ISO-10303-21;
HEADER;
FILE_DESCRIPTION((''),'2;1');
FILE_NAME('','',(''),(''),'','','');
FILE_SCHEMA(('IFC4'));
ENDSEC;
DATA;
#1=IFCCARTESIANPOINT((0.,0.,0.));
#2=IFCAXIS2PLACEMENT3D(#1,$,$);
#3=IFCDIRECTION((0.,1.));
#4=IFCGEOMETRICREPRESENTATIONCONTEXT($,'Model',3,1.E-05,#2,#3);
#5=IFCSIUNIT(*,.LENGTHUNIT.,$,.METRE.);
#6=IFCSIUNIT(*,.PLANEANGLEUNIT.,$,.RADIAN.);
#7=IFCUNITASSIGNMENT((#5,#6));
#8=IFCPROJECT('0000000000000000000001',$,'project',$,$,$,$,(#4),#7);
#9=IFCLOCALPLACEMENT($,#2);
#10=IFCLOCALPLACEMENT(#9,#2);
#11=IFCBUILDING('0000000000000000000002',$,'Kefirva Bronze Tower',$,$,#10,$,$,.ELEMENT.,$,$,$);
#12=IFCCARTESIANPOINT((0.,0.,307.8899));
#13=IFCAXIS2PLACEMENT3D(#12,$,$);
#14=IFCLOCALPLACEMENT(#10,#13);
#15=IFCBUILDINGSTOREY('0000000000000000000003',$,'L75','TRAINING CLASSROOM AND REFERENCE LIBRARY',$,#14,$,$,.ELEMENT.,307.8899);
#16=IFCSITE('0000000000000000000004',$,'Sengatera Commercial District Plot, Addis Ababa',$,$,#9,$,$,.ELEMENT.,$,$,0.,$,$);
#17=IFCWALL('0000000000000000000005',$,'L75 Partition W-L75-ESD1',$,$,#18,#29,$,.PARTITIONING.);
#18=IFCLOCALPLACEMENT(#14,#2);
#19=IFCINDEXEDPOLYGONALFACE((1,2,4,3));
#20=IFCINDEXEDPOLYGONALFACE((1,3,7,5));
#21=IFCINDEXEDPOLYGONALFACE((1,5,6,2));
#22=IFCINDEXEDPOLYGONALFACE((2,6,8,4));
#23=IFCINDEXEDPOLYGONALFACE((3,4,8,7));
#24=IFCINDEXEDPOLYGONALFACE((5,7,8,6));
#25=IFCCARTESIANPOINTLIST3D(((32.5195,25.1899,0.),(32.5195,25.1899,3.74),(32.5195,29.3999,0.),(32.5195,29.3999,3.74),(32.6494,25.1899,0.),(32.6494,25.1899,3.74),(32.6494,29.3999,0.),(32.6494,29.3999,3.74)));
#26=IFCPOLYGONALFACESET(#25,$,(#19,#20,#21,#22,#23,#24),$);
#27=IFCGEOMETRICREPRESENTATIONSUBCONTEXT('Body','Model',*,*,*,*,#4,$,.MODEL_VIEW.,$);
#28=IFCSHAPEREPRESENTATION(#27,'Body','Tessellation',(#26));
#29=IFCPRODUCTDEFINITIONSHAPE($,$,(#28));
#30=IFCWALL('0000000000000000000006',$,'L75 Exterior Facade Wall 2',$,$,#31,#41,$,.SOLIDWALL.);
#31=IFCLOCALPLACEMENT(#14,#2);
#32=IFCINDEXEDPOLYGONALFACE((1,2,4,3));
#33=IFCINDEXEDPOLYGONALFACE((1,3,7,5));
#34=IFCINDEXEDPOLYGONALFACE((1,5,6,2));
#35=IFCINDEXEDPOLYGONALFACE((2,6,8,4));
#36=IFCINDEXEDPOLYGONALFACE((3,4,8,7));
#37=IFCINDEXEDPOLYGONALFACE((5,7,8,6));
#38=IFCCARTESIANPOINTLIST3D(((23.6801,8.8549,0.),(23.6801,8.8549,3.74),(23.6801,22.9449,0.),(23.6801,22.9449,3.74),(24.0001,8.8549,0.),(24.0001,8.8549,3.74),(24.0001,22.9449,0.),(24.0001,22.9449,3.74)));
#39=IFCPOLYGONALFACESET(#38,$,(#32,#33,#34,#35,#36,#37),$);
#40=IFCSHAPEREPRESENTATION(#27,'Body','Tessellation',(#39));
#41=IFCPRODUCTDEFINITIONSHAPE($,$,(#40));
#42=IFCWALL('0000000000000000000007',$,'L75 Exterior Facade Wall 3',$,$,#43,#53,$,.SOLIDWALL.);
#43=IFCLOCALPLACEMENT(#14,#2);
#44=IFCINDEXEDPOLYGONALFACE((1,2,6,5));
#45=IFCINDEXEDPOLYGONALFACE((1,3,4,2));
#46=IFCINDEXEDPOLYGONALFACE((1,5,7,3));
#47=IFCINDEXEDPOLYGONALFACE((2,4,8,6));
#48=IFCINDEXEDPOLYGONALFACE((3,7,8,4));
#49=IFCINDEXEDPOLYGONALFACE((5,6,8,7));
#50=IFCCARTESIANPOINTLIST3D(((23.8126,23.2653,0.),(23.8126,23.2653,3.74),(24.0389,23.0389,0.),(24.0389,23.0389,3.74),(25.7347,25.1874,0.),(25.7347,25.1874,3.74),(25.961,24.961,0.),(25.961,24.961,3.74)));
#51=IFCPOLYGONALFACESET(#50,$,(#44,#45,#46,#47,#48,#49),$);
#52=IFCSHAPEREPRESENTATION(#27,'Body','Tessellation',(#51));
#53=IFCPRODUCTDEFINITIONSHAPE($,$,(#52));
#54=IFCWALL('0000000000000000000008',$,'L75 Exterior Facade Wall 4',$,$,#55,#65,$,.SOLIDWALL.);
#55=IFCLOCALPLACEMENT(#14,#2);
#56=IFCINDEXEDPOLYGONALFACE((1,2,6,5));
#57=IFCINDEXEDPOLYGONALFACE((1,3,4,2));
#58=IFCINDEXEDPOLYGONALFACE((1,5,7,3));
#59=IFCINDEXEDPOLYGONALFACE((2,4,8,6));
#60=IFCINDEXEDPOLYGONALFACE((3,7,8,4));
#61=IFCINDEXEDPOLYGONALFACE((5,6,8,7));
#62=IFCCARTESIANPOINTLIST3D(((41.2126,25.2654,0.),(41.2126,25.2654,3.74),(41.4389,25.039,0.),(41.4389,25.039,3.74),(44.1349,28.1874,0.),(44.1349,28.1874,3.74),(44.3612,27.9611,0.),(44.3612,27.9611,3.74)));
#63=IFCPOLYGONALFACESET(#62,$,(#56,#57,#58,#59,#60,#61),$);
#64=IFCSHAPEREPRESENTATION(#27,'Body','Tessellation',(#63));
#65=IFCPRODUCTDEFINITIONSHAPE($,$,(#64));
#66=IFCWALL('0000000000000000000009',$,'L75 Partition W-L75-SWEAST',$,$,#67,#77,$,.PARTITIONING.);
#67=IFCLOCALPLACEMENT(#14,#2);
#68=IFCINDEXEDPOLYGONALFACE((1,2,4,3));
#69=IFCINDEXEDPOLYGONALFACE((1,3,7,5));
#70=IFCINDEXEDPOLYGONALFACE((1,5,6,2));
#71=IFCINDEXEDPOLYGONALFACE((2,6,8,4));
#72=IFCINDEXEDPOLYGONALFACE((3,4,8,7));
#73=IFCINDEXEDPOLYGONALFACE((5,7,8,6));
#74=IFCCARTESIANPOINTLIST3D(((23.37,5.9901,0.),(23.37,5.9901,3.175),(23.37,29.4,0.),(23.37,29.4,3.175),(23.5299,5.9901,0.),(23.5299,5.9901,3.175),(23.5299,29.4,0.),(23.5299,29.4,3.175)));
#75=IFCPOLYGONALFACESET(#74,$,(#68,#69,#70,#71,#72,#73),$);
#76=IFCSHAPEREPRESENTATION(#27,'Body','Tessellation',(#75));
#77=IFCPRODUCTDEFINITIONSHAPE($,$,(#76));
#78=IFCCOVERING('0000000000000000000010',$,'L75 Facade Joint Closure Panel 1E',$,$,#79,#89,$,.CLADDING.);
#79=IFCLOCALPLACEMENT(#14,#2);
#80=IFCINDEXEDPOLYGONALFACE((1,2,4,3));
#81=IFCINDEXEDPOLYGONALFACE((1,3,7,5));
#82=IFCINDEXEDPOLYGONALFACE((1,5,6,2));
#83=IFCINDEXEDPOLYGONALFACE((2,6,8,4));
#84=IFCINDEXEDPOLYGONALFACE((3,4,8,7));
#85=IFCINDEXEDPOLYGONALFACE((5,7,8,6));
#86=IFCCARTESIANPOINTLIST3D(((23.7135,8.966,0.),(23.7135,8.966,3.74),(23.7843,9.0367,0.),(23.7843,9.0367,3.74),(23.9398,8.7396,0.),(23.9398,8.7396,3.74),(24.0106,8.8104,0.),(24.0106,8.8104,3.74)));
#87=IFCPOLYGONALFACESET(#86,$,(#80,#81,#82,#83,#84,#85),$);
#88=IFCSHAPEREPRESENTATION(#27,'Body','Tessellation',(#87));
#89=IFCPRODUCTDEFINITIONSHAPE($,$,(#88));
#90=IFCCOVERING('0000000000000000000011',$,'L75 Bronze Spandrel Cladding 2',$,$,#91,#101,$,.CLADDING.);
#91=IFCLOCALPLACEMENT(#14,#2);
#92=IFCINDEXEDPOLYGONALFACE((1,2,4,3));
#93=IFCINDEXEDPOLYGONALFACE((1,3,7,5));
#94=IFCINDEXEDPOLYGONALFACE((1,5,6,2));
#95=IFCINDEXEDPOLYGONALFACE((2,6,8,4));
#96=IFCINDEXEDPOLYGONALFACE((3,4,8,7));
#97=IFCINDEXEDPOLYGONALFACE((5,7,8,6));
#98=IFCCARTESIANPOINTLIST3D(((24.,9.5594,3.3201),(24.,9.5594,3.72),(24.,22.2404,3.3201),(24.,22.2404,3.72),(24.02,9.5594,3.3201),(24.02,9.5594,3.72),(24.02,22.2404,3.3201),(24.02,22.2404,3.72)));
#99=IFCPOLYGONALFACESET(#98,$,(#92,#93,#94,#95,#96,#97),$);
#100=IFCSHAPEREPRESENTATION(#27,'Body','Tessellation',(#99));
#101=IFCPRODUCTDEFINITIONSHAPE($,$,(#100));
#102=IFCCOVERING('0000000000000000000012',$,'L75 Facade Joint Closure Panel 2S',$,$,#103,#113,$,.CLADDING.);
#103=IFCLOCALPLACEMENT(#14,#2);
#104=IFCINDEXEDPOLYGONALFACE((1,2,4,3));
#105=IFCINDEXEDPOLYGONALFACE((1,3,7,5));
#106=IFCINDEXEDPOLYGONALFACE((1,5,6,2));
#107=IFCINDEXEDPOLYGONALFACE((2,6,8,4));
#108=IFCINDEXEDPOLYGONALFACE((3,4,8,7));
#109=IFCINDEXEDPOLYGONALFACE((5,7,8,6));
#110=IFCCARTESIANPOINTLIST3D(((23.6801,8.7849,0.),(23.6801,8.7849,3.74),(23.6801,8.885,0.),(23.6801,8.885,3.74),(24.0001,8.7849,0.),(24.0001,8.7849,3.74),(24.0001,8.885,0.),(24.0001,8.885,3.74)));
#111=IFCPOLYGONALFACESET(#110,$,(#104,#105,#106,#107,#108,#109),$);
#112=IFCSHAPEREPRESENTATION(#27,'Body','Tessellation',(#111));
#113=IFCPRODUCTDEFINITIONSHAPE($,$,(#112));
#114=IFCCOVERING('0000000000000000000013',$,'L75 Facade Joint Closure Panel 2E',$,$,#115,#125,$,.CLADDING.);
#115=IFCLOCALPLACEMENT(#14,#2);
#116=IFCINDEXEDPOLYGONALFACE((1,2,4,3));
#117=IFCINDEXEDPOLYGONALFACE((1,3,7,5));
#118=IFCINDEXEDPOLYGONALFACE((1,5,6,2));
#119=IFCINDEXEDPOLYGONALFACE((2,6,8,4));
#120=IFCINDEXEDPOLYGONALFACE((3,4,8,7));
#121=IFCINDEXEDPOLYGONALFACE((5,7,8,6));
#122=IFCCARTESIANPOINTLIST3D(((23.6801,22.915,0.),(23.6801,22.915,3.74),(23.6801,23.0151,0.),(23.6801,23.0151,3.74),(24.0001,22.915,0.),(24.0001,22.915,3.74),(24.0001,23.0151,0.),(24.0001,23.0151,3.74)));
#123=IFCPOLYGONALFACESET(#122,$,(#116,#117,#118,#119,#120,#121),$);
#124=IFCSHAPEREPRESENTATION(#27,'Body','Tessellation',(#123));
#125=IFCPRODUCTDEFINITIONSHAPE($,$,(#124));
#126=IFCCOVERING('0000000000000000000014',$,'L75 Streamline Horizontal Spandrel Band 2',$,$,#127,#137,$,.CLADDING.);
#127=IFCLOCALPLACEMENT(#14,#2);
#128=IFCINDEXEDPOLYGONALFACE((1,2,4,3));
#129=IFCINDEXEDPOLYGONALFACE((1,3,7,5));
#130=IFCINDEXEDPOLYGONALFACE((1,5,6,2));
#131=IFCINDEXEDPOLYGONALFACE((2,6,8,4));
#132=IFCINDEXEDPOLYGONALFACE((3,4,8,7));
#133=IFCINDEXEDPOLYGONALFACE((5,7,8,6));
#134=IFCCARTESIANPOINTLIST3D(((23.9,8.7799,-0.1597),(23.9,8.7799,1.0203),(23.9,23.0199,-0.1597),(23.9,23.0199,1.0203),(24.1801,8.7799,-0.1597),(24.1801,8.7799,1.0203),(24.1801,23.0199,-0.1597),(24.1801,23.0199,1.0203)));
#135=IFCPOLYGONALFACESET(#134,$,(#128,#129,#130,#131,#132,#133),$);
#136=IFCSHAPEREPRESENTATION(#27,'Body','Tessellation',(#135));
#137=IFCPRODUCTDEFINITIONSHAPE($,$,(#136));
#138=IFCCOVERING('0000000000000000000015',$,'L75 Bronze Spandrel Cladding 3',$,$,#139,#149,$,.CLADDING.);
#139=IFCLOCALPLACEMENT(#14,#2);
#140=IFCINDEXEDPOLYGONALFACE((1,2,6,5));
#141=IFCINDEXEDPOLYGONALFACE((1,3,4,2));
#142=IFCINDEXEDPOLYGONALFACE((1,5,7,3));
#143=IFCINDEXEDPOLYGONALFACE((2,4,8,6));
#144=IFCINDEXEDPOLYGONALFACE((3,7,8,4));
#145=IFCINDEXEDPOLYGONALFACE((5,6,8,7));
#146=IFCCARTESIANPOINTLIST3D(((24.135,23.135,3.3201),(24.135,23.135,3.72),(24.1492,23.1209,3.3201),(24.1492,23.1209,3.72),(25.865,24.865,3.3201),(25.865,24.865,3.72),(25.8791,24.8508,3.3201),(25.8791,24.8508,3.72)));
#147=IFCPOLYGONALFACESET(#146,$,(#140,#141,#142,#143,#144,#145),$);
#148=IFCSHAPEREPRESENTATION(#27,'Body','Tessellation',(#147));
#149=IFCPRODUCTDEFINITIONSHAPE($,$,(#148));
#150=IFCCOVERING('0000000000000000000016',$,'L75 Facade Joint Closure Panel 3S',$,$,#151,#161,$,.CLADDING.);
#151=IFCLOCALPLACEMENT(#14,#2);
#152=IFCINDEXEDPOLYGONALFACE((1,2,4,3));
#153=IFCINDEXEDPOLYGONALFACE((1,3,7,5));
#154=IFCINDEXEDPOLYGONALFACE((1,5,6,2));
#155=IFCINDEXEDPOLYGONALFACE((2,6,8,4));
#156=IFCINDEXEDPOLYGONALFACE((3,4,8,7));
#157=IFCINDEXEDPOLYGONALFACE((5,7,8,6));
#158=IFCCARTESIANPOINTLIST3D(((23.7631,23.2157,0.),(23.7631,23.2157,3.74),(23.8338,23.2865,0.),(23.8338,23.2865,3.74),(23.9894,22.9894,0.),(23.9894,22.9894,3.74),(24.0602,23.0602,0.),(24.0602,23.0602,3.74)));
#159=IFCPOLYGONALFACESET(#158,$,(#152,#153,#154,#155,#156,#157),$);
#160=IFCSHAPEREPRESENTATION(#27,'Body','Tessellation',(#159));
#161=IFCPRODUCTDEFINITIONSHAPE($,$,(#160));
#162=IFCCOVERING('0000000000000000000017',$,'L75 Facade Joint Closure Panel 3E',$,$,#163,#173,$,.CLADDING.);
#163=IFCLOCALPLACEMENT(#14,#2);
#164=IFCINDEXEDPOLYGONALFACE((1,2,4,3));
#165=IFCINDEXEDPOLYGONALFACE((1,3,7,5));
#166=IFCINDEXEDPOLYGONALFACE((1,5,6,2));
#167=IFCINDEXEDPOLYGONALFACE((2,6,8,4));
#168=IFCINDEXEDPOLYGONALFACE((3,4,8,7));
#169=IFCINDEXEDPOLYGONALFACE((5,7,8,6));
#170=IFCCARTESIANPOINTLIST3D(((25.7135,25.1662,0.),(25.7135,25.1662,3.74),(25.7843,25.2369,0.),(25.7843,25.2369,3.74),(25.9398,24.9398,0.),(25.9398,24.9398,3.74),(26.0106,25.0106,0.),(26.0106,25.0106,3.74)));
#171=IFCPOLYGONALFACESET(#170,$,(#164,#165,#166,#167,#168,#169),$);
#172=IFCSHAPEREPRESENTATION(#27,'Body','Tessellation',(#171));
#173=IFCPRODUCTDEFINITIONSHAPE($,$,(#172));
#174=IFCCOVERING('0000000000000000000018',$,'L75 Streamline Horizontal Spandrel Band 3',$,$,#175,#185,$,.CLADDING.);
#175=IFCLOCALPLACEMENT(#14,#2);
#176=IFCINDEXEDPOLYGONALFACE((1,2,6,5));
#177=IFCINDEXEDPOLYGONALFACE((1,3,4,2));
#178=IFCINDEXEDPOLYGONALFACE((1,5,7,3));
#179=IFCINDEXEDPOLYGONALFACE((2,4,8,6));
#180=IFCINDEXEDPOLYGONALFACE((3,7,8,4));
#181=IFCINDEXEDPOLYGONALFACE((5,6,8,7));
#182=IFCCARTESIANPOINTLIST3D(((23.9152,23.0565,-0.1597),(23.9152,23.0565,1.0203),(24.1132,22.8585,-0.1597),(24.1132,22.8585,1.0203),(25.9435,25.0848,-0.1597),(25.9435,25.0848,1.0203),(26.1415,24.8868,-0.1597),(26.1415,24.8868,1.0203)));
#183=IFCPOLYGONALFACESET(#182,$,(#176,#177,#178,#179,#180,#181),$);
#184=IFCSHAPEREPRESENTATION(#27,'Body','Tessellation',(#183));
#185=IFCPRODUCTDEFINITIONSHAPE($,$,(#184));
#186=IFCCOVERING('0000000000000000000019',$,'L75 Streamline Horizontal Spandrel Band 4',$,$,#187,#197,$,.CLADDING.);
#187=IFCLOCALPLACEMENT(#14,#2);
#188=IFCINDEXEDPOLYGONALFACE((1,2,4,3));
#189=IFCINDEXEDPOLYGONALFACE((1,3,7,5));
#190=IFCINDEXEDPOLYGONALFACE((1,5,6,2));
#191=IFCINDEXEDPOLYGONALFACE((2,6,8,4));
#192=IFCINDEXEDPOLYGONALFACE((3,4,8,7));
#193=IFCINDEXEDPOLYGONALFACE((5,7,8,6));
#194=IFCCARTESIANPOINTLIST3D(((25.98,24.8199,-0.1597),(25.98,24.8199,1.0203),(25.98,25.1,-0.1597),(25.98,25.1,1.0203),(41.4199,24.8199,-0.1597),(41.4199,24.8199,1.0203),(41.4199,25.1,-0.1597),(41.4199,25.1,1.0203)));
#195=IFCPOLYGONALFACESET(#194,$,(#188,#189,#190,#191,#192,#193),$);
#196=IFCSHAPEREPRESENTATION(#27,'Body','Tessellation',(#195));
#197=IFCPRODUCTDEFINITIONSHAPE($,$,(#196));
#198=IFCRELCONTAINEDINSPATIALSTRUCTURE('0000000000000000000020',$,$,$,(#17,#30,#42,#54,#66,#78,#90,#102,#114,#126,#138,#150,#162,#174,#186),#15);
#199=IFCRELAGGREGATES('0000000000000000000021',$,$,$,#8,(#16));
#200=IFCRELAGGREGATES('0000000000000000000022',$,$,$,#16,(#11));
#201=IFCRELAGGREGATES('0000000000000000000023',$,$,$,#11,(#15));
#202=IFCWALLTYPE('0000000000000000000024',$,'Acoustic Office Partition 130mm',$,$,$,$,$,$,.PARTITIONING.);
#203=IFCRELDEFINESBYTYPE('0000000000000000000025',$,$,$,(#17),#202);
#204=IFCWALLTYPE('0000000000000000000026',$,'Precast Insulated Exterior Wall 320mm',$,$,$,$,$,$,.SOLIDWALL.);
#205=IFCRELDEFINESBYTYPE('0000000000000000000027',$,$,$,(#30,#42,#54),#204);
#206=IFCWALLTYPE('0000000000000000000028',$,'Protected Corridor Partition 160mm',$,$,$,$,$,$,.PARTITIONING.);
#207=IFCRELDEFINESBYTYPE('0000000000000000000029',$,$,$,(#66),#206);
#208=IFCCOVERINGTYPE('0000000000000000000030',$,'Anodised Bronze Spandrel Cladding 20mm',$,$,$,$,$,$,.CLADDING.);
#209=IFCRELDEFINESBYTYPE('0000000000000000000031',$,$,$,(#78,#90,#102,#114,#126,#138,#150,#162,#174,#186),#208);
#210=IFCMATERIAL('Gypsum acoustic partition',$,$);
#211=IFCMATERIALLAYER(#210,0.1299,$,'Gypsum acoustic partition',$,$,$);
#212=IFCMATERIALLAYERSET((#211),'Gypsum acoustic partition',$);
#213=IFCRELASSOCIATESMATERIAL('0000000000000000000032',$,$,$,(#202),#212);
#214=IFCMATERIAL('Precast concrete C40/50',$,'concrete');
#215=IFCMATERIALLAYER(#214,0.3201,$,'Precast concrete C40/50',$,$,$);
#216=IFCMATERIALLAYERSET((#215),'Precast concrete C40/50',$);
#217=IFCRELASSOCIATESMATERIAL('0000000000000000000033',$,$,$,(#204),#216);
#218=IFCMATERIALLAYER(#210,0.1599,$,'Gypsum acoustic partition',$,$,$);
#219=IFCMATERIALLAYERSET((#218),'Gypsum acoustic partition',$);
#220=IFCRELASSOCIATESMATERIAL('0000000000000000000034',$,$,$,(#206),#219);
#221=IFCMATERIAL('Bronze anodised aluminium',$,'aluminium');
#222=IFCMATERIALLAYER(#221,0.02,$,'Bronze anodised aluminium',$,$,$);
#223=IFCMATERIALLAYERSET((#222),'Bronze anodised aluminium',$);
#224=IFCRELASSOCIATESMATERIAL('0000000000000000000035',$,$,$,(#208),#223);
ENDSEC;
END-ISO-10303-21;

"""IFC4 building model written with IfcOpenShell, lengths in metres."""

from ifc_helpers import new_model, si_unit, direction, frame, frame_2d, origin, origin_2d, place, context, subcontext, project, spatial, rectangle, extrude, material, layer, layer_set, type_object, element, save


model = new_model("IFC4")

# Units and contexts
model_context = context("Model", 3, precision=1e-05, world=origin(), true_north=direction((0.0, 1.0)))
body_context = subcontext(model_context, "Body", "Model", "MODEL_VIEW")
ifc_project = project(units=[si_unit("LENGTHUNIT", "METRE"), si_unit("PLANEANGLEUNIT", "RADIAN")], contexts=[model_context])

# Site, building, storey
site_placement = place(None, origin())
site = spatial("IfcSite", under=ifc_project, at=site_placement, Name="Sengatera Commercial District Plot, Addis Ababa", CompositionType="ELEMENT", RefElevation=0.0)
building_placement = place(site_placement, origin())
building = spatial("IfcBuilding", under=site, at=building_placement, Name="Kefirva Bronze Tower", CompositionType="ELEMENT")
storey_placement = place(building_placement, frame((0.0, 0.0, 307.8899)))
storey = spatial("IfcBuildingStorey", under=building, at=storey_placement, Name="L75", Description="TRAINING CLASSROOM AND REFERENCE LIBRARY", CompositionType="ELEMENT", Elevation=307.8899)

# Shared definitions
ifc_material_1 = material(Name="Bronze anodised aluminium", Category="aluminium")

# Walls
ifc_material_2 = material(Name="Gypsum acoustic partition")
ifc_layer_1 = layer(ifc_material_2, 0.1299, Name="Gypsum acoustic partition")
ifc_layer_set_1 = layer_set([ifc_layer_1], Name="Gypsum acoustic partition")
wall_type_1 = type_object("IfcWallType", Name="Acoustic Office Partition 130mm", PredefinedType="PARTITIONING", material=ifc_layer_set_1)
wall_1_placement = place(storey_placement, frame((32.5845, 25.1899, 0.0), z_axis=(0.0, 0.0, 1.0), x_axis=(0.0, 1.0, 0.0)))
element("IfcWall", 1, at=wall_1_placement, inside=storey, type_object=wall_type_1, Name="L75 Partition W-L75-ESD1", PredefinedType="PARTITIONING", context=body_context, shape_type="SweptSolid", body=[
    extrude(rectangle(XDim=4.21, YDim=0.1299, at=frame_2d((2.105, 0.0))), origin(), (0.0, 0.0, 1.0), 3.74),
])
ifc_material_3 = material(Name="Precast concrete C40/50", Category="concrete")
ifc_layer_2 = layer(ifc_material_3, 0.3201, Name="Precast concrete C40/50")
ifc_layer_set_2 = layer_set([ifc_layer_2], Name="Precast concrete C40/50")
wall_type_2 = type_object("IfcWallType", Name="Precast Insulated Exterior Wall 320mm", PredefinedType="SOLIDWALL", material=ifc_layer_set_2)
wall_2_placement = place(storey_placement, frame((23.8401, 8.855, 0.0), z_axis=(0.0, 0.0, 1.0), x_axis=(0.0, 1.0, 0.0)))
element("IfcWall", 2, at=wall_2_placement, inside=storey, type_object=wall_type_2, Name="L75 Exterior Facade Wall 2", PredefinedType="SOLIDWALL", context=body_context, shape_type="SweptSolid", body=[
    extrude(rectangle(XDim=14.0901, YDim=0.3201, at=frame_2d((7.0449, 0.0))), origin(), (0.0, 0.0, 1.0), 3.74),
])
wall_3_placement = place(storey_placement, frame((23.9258, 23.1521, 0.0), z_axis=(0.0, 0.0, 1.0), x_axis=(0.707107, 0.707107, 0.0)))
element("IfcWall", 3, at=wall_3_placement, inside=storey, type_object=wall_type_2, Name="L75 Exterior Facade Wall 3", PredefinedType="SOLIDWALL", context=body_context, shape_type="SweptSolid", body=[
    extrude(rectangle(XDim=2.7183, YDim=0.3201, at=frame_2d((1.3591, 0.0))), origin(), (0.0, 0.0, 1.0), 3.74),
])
wall_4_placement = place(storey_placement, frame((41.3257, 25.1521, 0.0), z_axis=(0.0, 0.0, 1.0), x_axis=(0.707136, 0.707077, 0.0)))
element("IfcWall", 4, at=wall_4_placement, inside=storey, type_object=wall_type_2, Name="L75 Exterior Facade Wall 4", PredefinedType="SOLIDWALL", context=body_context, shape_type="SweptSolid", body=[
    extrude(rectangle(XDim=4.1326, YDim=0.3201, at=frame_2d((2.0664, 0.0))), origin(), (0.0, 0.0, 1.0), 3.74),
])
ifc_layer_3 = layer(ifc_material_2, 0.1599, Name="Gypsum acoustic partition")
ifc_layer_set_3 = layer_set([ifc_layer_3], Name="Gypsum acoustic partition")
wall_type_3 = type_object("IfcWallType", Name="Protected Corridor Partition 160mm", PredefinedType="PARTITIONING", material=ifc_layer_set_3)
wall_5_placement = place(storey_placement, frame((23.45, 5.99, 0.0), z_axis=(0.0, 0.0, 1.0), x_axis=(0.0, 1.0, 0.0)))
element("IfcWall", 5, at=wall_5_placement, inside=storey, type_object=wall_type_3, Name="L75 Partition W-L75-SWEAST", PredefinedType="PARTITIONING", context=body_context, shape_type="SweptSolid", body=[
    extrude(rectangle(XDim=23.4099, YDim=0.1599, at=frame_2d((11.7051, 0.0))), origin(), (0.0, 0.0, 1.0), 3.175),
])

# Coverings
ifc_layer_4 = layer(ifc_material_1, 0.02, Name="Bronze anodised aluminium")
ifc_layer_set_4 = layer_set([ifc_layer_4], Name="Bronze anodised aluminium")
covering_type_1 = type_object("IfcCoveringType", Name="Anodised Bronze Spandrel Cladding 20mm", PredefinedType="CLADDING", material=ifc_layer_set_4)
covering_1_placement = place(storey_placement, frame((23.8621, 8.8882, 0.0), z_axis=(0.0, 0.0, 1.0), x_axis=(0.707107, 0.707107, 0.0)))
element("IfcCovering", 6, at=covering_1_placement, inside=storey, type_object=covering_type_1, Name="L75 Facade Joint Closure Panel 1E", PredefinedType="CLADDING", context=body_context, shape_type="SweptSolid", body=[
    extrude(rectangle(XDim=0.1001, YDim=0.3201, at=origin_2d()), origin(), (0.0, 0.0, 1.0), 3.74),
])
covering_2_placement = place(storey_placement, frame((24.01, 15.8999, 3.3201), z_axis=(0.0, 0.0, 1.0), x_axis=(0.0, 1.0, 0.0)))
element("IfcCovering", 7, at=covering_2_placement, inside=storey, type_object=covering_type_1, Name="L75 Bronze Spandrel Cladding 2", PredefinedType="CLADDING", context=body_context, shape_type="SweptSolid", body=[
    extrude(rectangle(XDim=12.6809, YDim=0.02, at=origin_2d()), origin(), (0.0, 0.0, 1.0), 0.3999),
])
for number, where, z_axis, x_axis, name in (
    (8, (23.8401, 8.835, 0.0), (0.0, 0.0, 1.0), (0.0, 1.0, 0.0), "L75 Facade Joint Closure Panel 2S"),
    (9, (23.8401, 22.9651, 0.0), (0.0, 0.0, 1.0), (0.0, 1.0, 0.0), "L75 Facade Joint Closure Panel 2E"),
):
    element("IfcCovering", number, at=place(storey_placement, frame(where, z_axis=z_axis, x_axis=x_axis)), inside=storey, type_object=covering_type_1, Name=name, PredefinedType="CLADDING", context=body_context, shape_type="SweptSolid", body=[
        extrude(rectangle(XDim=0.1001, YDim=0.3201, at=origin_2d()), origin(), (0.0, 0.0, 1.0), 3.74),
    ])
covering_3_placement = place(storey_placement, frame((24.04, 15.8999, -0.1597), z_axis=(0.0, 0.0, 1.0), x_axis=(0.0, 1.0, 0.0)))
element("IfcCovering", 10, at=covering_3_placement, inside=storey, type_object=covering_type_1, Name="L75 Streamline Horizontal Spandrel Band 2", PredefinedType="CLADDING", context=body_context, shape_type="SweptSolid", body=[
    extrude(rectangle(XDim=14.24, YDim=0.28, at=origin_2d()), origin(), (0.0, 0.0, 1.0), 1.1799),
])
covering_4_placement = place(storey_placement, frame((25.0071, 23.9929, 3.3201), z_axis=(0.0, 0.0, 1.0), x_axis=(0.707107, 0.707107, 0.0)))
element("IfcCovering", 11, at=covering_4_placement, inside=storey, type_object=covering_type_1, Name="L75 Bronze Spandrel Cladding 3", PredefinedType="CLADDING", context=body_context, shape_type="SweptSolid", body=[
    extrude(rectangle(XDim=2.4465, YDim=0.02, at=origin_2d()), origin(), (0.0, 0.0, 1.0), 0.3999),
])
for number, where, z_axis, x_axis, name in (
    (12, (23.9116, 23.1379, 0.0), (0.0, 0.0, 1.0), (0.707107, 0.707107, 0.0), "L75 Facade Joint Closure Panel 3S"),
    (13, (25.8621, 25.0884, 0.0), (0.0, 0.0, 1.0), (0.707107, 0.707107, 0.0), "L75 Facade Joint Closure Panel 3E"),
):
    element("IfcCovering", number, at=place(storey_placement, frame(where, z_axis=z_axis, x_axis=x_axis)), inside=storey, type_object=covering_type_1, Name=name, PredefinedType="CLADDING", context=body_context, shape_type="SweptSolid", body=[
        extrude(rectangle(XDim=0.1001, YDim=0.3201, at=origin_2d()), origin(), (0.0, 0.0, 1.0), 3.74),
    ])
covering_5_placement = place(storey_placement, frame((25.0283, 23.9717, -0.1597), z_axis=(0.0, 0.0, 1.0), x_axis=(0.707107, 0.707107, 0.0)))
element("IfcCovering", 14, at=covering_5_placement, inside=storey, type_object=covering_type_1, Name="L75 Streamline Horizontal Spandrel Band 3", PredefinedType="CLADDING", context=body_context, shape_type="SweptSolid", body=[
    extrude(rectangle(XDim=2.8684, YDim=0.28, at=origin_2d()), origin(), (0.0, 0.0, 1.0), 1.1799),
])
covering_6_placement = place(storey_placement, frame((33.7, 24.96, -0.1597), z_axis=(0.0, 0.0, 1.0), x_axis=(1.0, 0.0, 0.0)))
element("IfcCovering", 15, at=covering_6_placement, inside=storey, type_object=covering_type_1, Name="L75 Streamline Horizontal Spandrel Band 4", PredefinedType="CLADDING", context=body_context, shape_type="SweptSolid", body=[
    extrude(rectangle(XDim=15.4399, YDim=0.28, at=origin_2d()), origin(), (0.0, 0.0, 1.0), 1.1799),
])

save(model, "model.ifc")
